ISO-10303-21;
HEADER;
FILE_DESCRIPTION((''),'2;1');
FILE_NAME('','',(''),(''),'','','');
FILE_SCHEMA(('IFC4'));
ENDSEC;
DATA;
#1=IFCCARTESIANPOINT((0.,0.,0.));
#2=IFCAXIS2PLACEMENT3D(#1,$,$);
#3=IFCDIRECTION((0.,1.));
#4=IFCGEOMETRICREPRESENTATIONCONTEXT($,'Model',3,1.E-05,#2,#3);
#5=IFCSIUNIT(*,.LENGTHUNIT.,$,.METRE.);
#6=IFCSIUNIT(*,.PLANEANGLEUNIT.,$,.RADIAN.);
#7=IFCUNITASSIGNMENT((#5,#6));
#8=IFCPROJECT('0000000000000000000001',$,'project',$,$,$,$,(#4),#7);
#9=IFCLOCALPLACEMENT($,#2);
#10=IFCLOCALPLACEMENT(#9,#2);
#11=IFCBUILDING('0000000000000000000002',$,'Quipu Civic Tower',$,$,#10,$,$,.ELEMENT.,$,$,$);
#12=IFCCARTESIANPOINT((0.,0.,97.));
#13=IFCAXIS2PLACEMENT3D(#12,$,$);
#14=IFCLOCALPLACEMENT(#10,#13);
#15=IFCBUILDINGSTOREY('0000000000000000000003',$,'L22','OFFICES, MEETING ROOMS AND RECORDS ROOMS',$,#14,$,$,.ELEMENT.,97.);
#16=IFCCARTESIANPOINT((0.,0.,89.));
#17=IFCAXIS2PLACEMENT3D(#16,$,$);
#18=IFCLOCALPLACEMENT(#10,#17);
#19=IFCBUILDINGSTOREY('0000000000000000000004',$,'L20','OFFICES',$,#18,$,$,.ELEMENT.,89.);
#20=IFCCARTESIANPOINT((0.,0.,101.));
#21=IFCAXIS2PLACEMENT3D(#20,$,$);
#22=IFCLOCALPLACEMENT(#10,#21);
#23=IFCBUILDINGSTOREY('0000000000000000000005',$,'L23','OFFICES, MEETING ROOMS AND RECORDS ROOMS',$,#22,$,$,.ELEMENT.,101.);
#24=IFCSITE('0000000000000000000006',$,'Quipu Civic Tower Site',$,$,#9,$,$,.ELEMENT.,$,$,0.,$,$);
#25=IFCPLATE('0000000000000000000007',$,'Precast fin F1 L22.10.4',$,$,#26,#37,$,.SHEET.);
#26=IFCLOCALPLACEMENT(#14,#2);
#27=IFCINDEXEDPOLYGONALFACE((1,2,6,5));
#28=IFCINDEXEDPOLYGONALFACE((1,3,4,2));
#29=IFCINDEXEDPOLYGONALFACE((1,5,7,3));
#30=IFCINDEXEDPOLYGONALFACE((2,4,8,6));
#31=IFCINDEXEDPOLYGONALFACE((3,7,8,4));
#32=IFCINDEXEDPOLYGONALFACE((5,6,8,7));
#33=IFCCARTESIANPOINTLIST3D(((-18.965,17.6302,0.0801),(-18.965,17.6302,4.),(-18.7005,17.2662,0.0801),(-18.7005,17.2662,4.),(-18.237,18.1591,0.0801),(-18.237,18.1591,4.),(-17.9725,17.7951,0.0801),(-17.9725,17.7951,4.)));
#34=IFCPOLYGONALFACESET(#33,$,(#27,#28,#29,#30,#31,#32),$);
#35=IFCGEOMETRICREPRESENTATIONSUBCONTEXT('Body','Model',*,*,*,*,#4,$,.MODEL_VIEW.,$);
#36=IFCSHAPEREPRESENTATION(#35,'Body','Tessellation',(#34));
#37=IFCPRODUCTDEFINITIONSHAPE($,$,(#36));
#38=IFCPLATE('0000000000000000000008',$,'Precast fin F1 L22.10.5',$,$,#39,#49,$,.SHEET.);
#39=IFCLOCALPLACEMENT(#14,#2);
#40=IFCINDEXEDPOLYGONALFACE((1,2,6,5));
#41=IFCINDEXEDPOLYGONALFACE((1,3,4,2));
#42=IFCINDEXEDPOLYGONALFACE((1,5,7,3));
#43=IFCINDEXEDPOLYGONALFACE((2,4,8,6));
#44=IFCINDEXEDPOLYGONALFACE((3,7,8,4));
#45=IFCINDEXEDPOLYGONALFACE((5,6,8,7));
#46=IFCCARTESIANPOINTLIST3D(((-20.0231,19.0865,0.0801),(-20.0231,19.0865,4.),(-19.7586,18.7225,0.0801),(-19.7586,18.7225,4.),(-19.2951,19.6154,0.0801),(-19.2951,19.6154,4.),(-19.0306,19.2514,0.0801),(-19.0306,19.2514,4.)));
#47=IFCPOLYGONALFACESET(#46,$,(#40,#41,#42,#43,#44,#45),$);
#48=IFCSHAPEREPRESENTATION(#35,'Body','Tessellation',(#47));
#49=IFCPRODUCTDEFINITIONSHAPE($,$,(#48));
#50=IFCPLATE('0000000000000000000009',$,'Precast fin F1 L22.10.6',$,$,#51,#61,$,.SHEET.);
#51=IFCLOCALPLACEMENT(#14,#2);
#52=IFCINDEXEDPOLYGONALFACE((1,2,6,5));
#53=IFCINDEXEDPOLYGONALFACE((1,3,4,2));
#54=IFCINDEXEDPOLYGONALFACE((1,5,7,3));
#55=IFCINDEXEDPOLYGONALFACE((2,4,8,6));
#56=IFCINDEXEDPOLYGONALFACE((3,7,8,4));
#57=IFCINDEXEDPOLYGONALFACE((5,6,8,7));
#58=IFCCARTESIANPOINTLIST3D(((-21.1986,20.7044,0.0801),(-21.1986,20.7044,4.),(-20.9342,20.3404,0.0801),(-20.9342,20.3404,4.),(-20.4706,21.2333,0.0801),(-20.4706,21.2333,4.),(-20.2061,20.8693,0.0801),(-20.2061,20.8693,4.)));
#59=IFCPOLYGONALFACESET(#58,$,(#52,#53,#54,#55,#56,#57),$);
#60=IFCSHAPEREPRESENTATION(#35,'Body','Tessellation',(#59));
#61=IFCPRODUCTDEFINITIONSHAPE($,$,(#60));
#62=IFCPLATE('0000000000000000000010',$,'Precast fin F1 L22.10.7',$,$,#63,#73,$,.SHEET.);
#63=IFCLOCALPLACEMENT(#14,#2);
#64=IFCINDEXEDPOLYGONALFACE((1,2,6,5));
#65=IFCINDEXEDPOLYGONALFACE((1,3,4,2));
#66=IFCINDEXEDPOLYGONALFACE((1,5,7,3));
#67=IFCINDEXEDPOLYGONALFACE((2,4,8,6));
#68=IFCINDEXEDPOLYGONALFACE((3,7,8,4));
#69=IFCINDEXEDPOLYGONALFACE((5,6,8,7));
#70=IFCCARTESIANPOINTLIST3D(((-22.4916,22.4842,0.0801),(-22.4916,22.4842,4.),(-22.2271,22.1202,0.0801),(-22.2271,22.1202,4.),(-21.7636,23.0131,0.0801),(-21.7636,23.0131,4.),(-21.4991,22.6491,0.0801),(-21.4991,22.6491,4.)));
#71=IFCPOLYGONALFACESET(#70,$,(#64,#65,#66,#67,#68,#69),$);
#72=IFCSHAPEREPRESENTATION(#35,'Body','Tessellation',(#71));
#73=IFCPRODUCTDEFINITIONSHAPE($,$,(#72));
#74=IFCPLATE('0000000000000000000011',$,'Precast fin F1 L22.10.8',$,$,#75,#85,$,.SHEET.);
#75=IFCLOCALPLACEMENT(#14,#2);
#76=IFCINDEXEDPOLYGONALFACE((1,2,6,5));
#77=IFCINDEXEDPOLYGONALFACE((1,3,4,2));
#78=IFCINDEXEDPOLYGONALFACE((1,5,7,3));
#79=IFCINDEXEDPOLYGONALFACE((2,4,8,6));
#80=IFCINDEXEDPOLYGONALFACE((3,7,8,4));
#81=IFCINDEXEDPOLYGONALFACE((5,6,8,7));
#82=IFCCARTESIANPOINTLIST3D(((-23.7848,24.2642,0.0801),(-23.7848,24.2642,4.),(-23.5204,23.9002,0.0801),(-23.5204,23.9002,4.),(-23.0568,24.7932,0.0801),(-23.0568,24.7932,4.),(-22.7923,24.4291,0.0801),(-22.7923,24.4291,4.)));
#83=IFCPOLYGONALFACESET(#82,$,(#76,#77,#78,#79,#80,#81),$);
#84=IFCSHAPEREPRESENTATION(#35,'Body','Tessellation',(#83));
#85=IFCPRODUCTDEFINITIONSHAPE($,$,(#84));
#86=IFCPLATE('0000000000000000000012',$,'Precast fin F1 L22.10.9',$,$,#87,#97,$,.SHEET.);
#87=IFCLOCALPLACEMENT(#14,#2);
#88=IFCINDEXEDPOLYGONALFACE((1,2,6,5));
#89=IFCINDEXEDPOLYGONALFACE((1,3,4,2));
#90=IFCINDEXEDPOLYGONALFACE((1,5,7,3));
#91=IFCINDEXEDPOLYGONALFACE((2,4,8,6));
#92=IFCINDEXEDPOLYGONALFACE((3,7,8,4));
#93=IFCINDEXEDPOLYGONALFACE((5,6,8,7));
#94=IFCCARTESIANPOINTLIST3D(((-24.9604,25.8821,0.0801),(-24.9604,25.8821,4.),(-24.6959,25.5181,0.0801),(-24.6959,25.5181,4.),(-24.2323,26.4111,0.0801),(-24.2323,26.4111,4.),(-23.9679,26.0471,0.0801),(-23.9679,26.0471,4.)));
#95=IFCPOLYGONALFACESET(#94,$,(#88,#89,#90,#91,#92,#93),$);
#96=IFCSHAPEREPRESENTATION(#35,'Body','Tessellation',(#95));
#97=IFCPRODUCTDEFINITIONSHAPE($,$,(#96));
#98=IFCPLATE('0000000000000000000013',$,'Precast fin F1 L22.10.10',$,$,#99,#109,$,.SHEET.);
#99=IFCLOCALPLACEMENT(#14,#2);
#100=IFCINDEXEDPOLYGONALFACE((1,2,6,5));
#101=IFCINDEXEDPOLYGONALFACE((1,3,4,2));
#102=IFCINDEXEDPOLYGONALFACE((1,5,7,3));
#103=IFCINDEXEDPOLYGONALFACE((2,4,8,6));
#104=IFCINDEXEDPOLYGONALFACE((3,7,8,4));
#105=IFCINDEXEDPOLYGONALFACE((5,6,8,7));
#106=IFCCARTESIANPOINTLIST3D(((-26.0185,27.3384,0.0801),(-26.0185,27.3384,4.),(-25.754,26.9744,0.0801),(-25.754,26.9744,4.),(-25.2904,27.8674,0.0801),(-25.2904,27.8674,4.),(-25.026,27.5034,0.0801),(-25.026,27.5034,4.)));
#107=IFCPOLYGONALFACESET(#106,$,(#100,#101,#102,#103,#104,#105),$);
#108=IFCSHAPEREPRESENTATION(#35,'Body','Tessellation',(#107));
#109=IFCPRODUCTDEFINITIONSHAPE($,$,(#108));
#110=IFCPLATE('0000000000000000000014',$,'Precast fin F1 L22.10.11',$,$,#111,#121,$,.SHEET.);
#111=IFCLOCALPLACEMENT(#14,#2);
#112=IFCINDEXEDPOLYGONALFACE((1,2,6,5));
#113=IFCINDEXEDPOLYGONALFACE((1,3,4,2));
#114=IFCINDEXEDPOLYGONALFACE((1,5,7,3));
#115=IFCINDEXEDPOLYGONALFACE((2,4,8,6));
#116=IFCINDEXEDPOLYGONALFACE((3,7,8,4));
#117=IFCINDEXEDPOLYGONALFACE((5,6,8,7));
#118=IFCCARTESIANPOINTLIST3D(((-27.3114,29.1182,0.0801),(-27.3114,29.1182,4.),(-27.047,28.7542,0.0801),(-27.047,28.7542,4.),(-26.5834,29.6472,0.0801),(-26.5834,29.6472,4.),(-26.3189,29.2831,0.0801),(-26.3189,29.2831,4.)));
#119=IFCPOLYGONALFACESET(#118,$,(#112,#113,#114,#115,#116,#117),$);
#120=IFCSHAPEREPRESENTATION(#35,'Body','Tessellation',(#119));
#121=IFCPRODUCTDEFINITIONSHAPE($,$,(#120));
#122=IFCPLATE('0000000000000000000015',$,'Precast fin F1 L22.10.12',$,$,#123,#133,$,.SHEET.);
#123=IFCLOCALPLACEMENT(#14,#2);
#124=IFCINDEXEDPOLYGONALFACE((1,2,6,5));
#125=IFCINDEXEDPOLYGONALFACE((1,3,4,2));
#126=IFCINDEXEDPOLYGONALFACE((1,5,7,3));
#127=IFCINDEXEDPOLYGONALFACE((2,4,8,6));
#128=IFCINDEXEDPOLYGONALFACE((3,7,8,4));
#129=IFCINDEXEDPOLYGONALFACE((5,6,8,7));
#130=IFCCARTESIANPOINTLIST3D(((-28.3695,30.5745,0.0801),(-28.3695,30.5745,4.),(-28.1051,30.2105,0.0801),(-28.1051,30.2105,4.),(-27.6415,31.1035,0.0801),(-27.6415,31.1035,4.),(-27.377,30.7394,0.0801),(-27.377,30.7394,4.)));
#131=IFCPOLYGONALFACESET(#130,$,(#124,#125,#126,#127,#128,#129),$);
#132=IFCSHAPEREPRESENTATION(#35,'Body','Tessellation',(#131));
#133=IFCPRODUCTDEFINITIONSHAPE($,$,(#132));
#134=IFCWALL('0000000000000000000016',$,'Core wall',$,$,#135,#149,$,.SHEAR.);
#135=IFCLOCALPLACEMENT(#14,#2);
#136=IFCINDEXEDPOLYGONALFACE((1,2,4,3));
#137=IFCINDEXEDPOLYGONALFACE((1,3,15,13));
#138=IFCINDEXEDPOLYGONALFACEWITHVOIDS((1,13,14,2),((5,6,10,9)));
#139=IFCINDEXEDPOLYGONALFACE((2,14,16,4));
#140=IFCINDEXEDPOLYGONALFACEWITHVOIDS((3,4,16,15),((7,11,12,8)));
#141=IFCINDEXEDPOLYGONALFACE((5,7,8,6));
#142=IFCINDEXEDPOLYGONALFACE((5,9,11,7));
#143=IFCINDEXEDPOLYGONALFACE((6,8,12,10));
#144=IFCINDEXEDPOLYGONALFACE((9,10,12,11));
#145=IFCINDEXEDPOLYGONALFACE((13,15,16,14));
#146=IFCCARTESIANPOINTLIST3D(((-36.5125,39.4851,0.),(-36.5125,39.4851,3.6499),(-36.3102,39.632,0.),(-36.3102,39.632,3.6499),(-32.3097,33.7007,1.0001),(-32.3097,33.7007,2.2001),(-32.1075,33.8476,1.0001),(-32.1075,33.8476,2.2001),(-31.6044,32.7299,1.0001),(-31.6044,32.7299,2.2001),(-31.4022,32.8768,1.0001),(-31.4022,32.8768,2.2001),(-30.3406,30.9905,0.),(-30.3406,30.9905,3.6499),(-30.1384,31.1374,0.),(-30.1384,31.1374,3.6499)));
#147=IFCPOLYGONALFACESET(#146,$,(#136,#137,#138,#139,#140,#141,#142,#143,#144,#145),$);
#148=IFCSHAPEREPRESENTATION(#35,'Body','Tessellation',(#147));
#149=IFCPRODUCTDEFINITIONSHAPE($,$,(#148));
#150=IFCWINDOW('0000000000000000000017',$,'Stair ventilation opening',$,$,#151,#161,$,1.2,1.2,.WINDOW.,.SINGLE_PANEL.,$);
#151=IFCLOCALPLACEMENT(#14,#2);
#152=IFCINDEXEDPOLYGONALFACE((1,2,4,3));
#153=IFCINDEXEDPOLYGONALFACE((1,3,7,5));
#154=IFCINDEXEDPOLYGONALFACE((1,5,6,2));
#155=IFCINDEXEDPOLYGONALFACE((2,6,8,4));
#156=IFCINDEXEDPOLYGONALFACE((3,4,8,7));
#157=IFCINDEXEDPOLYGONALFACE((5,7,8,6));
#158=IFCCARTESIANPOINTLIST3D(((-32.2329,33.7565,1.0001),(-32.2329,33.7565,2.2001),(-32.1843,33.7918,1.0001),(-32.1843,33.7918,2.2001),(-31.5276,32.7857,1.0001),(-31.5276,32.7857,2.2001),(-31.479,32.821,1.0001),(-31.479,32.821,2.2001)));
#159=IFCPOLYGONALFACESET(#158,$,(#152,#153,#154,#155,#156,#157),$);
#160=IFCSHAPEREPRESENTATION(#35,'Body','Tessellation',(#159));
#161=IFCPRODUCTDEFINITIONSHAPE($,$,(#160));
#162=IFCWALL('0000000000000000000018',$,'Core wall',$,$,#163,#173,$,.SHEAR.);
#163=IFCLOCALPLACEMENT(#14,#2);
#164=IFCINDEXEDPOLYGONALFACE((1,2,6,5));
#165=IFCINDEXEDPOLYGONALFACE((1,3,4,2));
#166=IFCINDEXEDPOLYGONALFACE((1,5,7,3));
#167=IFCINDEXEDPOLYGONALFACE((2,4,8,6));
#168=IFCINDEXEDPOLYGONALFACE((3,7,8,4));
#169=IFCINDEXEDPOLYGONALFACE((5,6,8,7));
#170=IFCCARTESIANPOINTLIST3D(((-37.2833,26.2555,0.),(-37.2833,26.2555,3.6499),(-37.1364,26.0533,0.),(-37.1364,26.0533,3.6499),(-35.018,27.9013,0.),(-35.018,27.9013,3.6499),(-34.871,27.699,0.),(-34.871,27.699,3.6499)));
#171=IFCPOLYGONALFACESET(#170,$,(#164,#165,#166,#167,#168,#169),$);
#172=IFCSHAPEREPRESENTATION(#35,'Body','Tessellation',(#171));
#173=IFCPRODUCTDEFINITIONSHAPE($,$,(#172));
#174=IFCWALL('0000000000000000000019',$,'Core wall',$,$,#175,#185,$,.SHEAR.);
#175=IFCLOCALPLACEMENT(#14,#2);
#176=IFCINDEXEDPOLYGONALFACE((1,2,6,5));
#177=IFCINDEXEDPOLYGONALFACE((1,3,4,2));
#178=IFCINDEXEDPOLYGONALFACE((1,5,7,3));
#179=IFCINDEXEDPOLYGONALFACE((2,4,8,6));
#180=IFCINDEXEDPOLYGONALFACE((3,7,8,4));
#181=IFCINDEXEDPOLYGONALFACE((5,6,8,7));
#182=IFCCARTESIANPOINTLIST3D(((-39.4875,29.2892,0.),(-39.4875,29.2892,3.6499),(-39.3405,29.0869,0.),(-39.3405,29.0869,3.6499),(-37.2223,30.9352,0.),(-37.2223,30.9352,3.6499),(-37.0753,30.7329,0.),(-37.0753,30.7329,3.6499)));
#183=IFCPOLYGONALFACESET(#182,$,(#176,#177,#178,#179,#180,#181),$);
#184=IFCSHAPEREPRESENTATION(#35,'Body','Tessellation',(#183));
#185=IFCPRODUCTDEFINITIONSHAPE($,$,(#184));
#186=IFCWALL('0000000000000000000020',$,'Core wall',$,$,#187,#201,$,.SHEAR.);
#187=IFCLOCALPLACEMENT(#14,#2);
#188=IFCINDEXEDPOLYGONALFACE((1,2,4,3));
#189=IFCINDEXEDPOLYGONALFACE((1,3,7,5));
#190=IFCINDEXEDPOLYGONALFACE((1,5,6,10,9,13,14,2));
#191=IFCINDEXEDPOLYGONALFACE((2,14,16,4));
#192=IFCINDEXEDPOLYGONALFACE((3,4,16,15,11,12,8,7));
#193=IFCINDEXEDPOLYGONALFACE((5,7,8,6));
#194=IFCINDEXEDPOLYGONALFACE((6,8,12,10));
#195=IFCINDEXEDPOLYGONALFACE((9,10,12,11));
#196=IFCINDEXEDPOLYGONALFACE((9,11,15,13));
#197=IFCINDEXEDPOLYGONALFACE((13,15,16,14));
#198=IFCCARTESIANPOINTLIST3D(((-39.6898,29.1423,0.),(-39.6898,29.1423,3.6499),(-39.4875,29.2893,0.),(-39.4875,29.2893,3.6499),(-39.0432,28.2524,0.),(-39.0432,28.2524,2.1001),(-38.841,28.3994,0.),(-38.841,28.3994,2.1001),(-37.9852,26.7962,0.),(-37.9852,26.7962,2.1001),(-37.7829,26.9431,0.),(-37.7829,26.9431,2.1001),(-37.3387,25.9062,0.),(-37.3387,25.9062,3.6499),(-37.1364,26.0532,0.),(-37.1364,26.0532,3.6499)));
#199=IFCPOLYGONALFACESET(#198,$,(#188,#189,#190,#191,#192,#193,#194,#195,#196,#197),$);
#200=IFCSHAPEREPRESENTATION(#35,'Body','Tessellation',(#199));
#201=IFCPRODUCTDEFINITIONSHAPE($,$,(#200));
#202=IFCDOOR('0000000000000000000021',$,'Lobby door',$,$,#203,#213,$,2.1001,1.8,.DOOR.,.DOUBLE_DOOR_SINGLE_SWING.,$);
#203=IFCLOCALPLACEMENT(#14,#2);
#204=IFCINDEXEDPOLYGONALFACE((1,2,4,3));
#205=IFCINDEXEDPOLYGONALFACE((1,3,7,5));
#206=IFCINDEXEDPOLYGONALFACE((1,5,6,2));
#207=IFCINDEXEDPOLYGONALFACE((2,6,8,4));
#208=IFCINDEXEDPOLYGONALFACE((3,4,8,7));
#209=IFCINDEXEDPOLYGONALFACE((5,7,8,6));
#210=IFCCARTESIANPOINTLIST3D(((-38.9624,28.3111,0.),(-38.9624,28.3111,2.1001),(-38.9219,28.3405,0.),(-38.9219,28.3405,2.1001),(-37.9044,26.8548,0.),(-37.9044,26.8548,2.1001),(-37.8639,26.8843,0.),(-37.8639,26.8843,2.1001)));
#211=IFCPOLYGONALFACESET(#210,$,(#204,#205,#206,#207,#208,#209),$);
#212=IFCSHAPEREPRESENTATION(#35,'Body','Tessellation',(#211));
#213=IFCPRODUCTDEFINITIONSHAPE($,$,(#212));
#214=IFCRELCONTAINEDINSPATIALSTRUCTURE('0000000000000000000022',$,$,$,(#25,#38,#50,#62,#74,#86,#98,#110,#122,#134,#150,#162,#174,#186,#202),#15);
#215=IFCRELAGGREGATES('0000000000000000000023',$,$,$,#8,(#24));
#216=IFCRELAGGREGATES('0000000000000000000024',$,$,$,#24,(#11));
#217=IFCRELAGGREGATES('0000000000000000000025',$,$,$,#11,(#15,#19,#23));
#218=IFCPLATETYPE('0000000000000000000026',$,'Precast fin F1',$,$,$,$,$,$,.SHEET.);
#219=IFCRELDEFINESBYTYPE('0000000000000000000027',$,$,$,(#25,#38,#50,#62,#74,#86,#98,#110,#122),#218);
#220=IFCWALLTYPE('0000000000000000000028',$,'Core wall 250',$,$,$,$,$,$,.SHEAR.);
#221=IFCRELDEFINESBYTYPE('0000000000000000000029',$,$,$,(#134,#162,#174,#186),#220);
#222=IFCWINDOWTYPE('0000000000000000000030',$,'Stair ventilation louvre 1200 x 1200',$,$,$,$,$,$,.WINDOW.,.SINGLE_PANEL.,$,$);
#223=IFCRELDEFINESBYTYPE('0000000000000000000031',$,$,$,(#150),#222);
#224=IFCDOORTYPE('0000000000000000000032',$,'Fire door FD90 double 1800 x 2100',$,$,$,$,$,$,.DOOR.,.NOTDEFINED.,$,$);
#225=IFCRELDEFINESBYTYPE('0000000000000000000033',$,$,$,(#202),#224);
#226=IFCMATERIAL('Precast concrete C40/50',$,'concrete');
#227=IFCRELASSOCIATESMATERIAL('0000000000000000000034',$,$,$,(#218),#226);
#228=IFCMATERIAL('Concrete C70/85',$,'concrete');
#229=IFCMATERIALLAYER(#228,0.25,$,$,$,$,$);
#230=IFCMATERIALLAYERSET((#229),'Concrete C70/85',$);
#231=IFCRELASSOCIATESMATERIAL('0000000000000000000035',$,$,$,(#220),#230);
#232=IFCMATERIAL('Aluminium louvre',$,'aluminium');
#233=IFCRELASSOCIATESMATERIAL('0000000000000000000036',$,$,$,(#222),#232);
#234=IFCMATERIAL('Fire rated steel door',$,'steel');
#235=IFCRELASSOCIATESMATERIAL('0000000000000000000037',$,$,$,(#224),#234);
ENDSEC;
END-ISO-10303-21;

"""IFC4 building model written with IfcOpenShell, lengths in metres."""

from ifc_helpers import new_model, si_unit, direction, frame, frame_2d, origin, origin_2d, place, context, subcontext, project, spatial, rectangle, extrude, material, layer, layer_set, type_object, element, fill, save


model = new_model("IFC4")

# Units and contexts
model_context = context("Model", 3, precision=1e-05, world=origin(), true_north=direction((0.0, 1.0)))
body_context = subcontext(model_context, "Body", "Model", "MODEL_VIEW")
ifc_project = project(units=[si_unit("LENGTHUNIT", "METRE"), si_unit("PLANEANGLEUNIT", "RADIAN")], contexts=[model_context])

# Site, building, storey
site_placement = place(None, origin())
site = spatial("IfcSite", under=ifc_project, at=site_placement, Name="Quipu Civic Tower Site", CompositionType="ELEMENT", RefElevation=0.0)
building_placement = place(site_placement, origin())
building = spatial("IfcBuilding", under=site, at=building_placement, Name="Quipu Civic Tower", CompositionType="ELEMENT")
storey_1_placement = place(building_placement, frame((0.0, 0.0, 97.0)))
storey_1 = spatial("IfcBuildingStorey", under=building, at=storey_1_placement, Name="L22", Description="OFFICES, MEETING ROOMS AND RECORDS ROOMS", CompositionType="ELEMENT", Elevation=97.0)

# Shared definitions
storey_2_placement = place(building_placement, frame((0.0, 0.0, 89.0)))
storey_2 = spatial("IfcBuildingStorey", under=building, at=storey_2_placement, Name="L20", Description="OFFICES", CompositionType="ELEMENT", Elevation=89.0)

# Shared definitions
storey_3_placement = place(building_placement, frame((0.0, 0.0, 101.0)))
storey_3 = spatial("IfcBuildingStorey", under=building, at=storey_3_placement, Name="L23", Description="OFFICES, MEETING ROOMS AND RECORDS ROOMS", CompositionType="ELEMENT", Elevation=101.0)

# Plates
ifc_material_1 = material(Name="Precast concrete C40/50", Category="concrete")
plate_type_1 = type_object("IfcPlateType", Name="Precast fin F1", PredefinedType="SHEET", material=ifc_material_1)
for number, where, z_axis, x_axis, name in (
    (1, (-18.4688, 17.7126, 0.0801), (0.0, 0.0, 1.0), (-0.587785, 0.809017, 0.0), "Precast fin F1 L22.10.4"),
    (2, (-19.5269, 19.1689, 0.0801), (0.0, 0.0, 1.0), (-0.587785, 0.809017, 0.0), "Precast fin F1 L22.10.5"),
    (3, (-20.7024, 20.7869, 0.0801), (0.0, 0.0, 1.0), (-0.587785, 0.809017, 0.0), "Precast fin F1 L22.10.6"),
    (4, (-21.9954, 22.5667, 0.0801), (0.0, 0.0, 1.0), (-0.587785, 0.809017, 0.0), "Precast fin F1 L22.10.7"),
    (5, (-23.2886, 24.3467, 0.0801), (0.0, 0.0, 1.0), (-0.587785, 0.809017, 0.0), "Precast fin F1 L22.10.8"),
    (6, (-24.4641, 25.9646, 0.0801), (0.0, 0.0, 1.0), (-0.587785, 0.809017, 0.0), "Precast fin F1 L22.10.9"),
    (7, (-25.5222, 27.4209, 0.0801), (0.0, 0.0, 1.0), (-0.587785, 0.809017, 0.0), "Precast fin F1 L22.10.10"),
    (8, (-26.8152, 29.2007, 0.0801), (0.0, 0.0, 1.0), (-0.587785, 0.809017, 0.0), "Precast fin F1 L22.10.11"),
    (9, (-27.8733, 30.657, 0.0801), (0.0, 0.0, 1.0), (-0.587785, 0.809017, 0.0), "Precast fin F1 L22.10.12"),
):
    element("IfcPlate", number, at=place(storey_1_placement, frame(where, z_axis=z_axis, x_axis=x_axis)), inside=storey_1, type_object=plate_type_1, Name=name, PredefinedType="SHEET", context=body_context, shape_type="SweptSolid", body=[
        extrude(rectangle(XDim=0.45, YDim=0.8999, at=origin_2d()), origin(), (0.0, 0.0, 1.0), 3.9199),
    ])

# Wall, opening, window
ifc_material_2 = material(Name="Concrete C70/85", Category="concrete")
ifc_layer_1 = layer(ifc_material_2, 0.25)
ifc_layer_set_1 = layer_set([ifc_layer_1], Name="Concrete C70/85")
wall_type_1 = type_object("IfcWallType", Name="Core wall 250", PredefinedType="SHEAR", material=ifc_layer_set_1)
wall_1_placement = place(storey_1_placement, frame((-30.2395, 31.064, 0.0), z_axis=(0.0, 0.0, 1.0), x_axis=(-0.587796, 0.809009, 0.0)))
wall_1 = element("IfcWall", 10, at=wall_1_placement, inside=storey_1, type_object=wall_type_1, Name="Core wall", PredefinedType="SHEAR", context=body_context, shape_type="SweptSolid", body=[
    extrude(rectangle(XDim=10.5, YDim=0.25, at=frame_2d((5.25, 0.0))), origin(), (0.0, 0.0, 1.0), 3.6499),
])
opening_1_placement = place(wall_1_placement, frame((2.1499, 0.0, 1.0)))
opening_1 = element("IfcOpeningElement", 11, at=opening_1_placement, cuts=wall_1, PredefinedType="OPENING", context=body_context, shape_type="SweptSolid", body=[
    extrude(rectangle(XDim=1.2, YDim=1.2, at=frame_2d((0.6001, 0.6001))), frame((0.0, 0.135, 0.0), z_axis=(0.0, -1.0, 0.0), x_axis=(1.0, 0.0, 0.0)), (0.0, 0.0, 1.0), 0.27),
])
ifc_material_3 = material(Name="Aluminium louvre", Category="aluminium")
window_type = type_object("IfcWindowType", Name="Stair ventilation louvre 1200 x 1200", PartitioningType="SINGLE_PANEL", PredefinedType="WINDOW", material=ifc_material_3)
window_placement = place(opening_1_placement, origin())
window = element("IfcWindow", 12, at=window_placement, inside=storey_1, type_object=window_type, Name="Stair ventilation opening", OverallHeight=1.2, OverallWidth=1.2, PartitioningType="SINGLE_PANEL", PredefinedType="WINDOW", context=body_context, shape_type="SweptSolid", body=[
    extrude(rectangle(XDim=1.2, YDim=1.2, at=frame_2d((0.6001, 0.6001))), frame((0.0, 0.03, 0.0), z_axis=(0.0, -1.0, 0.0), x_axis=(1.0, 0.0, 0.0)), (0.0, 0.0, 1.0), 0.0601),
])
fill(opening_1, window)

# Walls
for number, where, z_axis, x_axis, name in (
    (13, (-34.9446, 27.8, 0.0), (0.0, 0.0, 1.0), (-0.809041, -0.587752, 0.0), "Core wall"),
    (14, (-37.1489, 30.834, 0.0), (0.0, 0.0, 1.0), (-0.80897, -0.58785, 0.0), "Core wall"),
):
    element("IfcWall", number, at=place(storey_1_placement, frame(where, z_axis=z_axis, x_axis=x_axis)), inside=storey_1, type_object=wall_type_1, Name=name, PredefinedType="SHEAR", context=body_context, shape_type="SweptSolid", body=[
        extrude(rectangle(XDim=2.8, YDim=0.25, at=frame_2d((1.3999, 0.0))), origin(), (0.0, 0.0, 1.0), 3.6499),
    ])

# Wall, opening, door
wall_2_placement = place(storey_1_placement, frame((-39.5886, 29.2158, 0.0), z_axis=(0.0, 0.0, 1.0), x_axis=(0.587772, -0.809026, 0.0)))
wall_2 = element("IfcWall", 15, at=wall_2_placement, inside=storey_1, type_object=wall_type_1, Name="Core wall", PredefinedType="SHEAR", context=body_context, shape_type="SweptSolid", body=[
    extrude(rectangle(XDim=4.0, YDim=0.25, at=frame_2d((2.0, 0.0))), origin(), (0.0, 0.0, 1.0), 3.6499),
])
opening_2_placement = place(wall_2_placement, frame((1.1001, 0.0, 0.0)))
opening_2 = element("IfcOpeningElement", 16, at=opening_2_placement, cuts=wall_2, PredefinedType="OPENING", context=body_context, shape_type="SweptSolid", body=[
    extrude(rectangle(XDim=1.8, YDim=2.1001, at=frame_2d((0.8999, 1.05))), frame((0.0, 0.135, 0.0), z_axis=(0.0, -1.0, 0.0), x_axis=(1.0, 0.0, 0.0)), (0.0, 0.0, 1.0), 0.27),
])
ifc_material_4 = material(Name="Fire rated steel door", Category="steel")
door_type_1 = type_object("IfcDoorType", Name="Fire door FD90 double 1800 x 2100", OperationType="NOTDEFINED", PredefinedType="DOOR", material=ifc_material_4)
door_1_placement = place(opening_2_placement, origin())
door_1 = element("IfcDoor", 17, at=door_1_placement, inside=storey_1, type_object=door_type_1, Name="Lobby door", OperationType="DOUBLE_DOOR_SINGLE_SWING", OverallHeight=2.1001, OverallWidth=1.8, PredefinedType="DOOR", context=body_context, shape_type="SweptSolid", body=[
    extrude(rectangle(XDim=1.8, YDim=2.1001, at=frame_2d((0.8999, 1.05))), frame((0.0, 0.0249, 0.0), z_axis=(0.0, -1.0, 0.0), x_axis=(1.0, 0.0, 0.0)), (0.0, 0.0, 1.0), 0.05),
])
fill(opening_2, door_1)

save(model, "model.ifc")
